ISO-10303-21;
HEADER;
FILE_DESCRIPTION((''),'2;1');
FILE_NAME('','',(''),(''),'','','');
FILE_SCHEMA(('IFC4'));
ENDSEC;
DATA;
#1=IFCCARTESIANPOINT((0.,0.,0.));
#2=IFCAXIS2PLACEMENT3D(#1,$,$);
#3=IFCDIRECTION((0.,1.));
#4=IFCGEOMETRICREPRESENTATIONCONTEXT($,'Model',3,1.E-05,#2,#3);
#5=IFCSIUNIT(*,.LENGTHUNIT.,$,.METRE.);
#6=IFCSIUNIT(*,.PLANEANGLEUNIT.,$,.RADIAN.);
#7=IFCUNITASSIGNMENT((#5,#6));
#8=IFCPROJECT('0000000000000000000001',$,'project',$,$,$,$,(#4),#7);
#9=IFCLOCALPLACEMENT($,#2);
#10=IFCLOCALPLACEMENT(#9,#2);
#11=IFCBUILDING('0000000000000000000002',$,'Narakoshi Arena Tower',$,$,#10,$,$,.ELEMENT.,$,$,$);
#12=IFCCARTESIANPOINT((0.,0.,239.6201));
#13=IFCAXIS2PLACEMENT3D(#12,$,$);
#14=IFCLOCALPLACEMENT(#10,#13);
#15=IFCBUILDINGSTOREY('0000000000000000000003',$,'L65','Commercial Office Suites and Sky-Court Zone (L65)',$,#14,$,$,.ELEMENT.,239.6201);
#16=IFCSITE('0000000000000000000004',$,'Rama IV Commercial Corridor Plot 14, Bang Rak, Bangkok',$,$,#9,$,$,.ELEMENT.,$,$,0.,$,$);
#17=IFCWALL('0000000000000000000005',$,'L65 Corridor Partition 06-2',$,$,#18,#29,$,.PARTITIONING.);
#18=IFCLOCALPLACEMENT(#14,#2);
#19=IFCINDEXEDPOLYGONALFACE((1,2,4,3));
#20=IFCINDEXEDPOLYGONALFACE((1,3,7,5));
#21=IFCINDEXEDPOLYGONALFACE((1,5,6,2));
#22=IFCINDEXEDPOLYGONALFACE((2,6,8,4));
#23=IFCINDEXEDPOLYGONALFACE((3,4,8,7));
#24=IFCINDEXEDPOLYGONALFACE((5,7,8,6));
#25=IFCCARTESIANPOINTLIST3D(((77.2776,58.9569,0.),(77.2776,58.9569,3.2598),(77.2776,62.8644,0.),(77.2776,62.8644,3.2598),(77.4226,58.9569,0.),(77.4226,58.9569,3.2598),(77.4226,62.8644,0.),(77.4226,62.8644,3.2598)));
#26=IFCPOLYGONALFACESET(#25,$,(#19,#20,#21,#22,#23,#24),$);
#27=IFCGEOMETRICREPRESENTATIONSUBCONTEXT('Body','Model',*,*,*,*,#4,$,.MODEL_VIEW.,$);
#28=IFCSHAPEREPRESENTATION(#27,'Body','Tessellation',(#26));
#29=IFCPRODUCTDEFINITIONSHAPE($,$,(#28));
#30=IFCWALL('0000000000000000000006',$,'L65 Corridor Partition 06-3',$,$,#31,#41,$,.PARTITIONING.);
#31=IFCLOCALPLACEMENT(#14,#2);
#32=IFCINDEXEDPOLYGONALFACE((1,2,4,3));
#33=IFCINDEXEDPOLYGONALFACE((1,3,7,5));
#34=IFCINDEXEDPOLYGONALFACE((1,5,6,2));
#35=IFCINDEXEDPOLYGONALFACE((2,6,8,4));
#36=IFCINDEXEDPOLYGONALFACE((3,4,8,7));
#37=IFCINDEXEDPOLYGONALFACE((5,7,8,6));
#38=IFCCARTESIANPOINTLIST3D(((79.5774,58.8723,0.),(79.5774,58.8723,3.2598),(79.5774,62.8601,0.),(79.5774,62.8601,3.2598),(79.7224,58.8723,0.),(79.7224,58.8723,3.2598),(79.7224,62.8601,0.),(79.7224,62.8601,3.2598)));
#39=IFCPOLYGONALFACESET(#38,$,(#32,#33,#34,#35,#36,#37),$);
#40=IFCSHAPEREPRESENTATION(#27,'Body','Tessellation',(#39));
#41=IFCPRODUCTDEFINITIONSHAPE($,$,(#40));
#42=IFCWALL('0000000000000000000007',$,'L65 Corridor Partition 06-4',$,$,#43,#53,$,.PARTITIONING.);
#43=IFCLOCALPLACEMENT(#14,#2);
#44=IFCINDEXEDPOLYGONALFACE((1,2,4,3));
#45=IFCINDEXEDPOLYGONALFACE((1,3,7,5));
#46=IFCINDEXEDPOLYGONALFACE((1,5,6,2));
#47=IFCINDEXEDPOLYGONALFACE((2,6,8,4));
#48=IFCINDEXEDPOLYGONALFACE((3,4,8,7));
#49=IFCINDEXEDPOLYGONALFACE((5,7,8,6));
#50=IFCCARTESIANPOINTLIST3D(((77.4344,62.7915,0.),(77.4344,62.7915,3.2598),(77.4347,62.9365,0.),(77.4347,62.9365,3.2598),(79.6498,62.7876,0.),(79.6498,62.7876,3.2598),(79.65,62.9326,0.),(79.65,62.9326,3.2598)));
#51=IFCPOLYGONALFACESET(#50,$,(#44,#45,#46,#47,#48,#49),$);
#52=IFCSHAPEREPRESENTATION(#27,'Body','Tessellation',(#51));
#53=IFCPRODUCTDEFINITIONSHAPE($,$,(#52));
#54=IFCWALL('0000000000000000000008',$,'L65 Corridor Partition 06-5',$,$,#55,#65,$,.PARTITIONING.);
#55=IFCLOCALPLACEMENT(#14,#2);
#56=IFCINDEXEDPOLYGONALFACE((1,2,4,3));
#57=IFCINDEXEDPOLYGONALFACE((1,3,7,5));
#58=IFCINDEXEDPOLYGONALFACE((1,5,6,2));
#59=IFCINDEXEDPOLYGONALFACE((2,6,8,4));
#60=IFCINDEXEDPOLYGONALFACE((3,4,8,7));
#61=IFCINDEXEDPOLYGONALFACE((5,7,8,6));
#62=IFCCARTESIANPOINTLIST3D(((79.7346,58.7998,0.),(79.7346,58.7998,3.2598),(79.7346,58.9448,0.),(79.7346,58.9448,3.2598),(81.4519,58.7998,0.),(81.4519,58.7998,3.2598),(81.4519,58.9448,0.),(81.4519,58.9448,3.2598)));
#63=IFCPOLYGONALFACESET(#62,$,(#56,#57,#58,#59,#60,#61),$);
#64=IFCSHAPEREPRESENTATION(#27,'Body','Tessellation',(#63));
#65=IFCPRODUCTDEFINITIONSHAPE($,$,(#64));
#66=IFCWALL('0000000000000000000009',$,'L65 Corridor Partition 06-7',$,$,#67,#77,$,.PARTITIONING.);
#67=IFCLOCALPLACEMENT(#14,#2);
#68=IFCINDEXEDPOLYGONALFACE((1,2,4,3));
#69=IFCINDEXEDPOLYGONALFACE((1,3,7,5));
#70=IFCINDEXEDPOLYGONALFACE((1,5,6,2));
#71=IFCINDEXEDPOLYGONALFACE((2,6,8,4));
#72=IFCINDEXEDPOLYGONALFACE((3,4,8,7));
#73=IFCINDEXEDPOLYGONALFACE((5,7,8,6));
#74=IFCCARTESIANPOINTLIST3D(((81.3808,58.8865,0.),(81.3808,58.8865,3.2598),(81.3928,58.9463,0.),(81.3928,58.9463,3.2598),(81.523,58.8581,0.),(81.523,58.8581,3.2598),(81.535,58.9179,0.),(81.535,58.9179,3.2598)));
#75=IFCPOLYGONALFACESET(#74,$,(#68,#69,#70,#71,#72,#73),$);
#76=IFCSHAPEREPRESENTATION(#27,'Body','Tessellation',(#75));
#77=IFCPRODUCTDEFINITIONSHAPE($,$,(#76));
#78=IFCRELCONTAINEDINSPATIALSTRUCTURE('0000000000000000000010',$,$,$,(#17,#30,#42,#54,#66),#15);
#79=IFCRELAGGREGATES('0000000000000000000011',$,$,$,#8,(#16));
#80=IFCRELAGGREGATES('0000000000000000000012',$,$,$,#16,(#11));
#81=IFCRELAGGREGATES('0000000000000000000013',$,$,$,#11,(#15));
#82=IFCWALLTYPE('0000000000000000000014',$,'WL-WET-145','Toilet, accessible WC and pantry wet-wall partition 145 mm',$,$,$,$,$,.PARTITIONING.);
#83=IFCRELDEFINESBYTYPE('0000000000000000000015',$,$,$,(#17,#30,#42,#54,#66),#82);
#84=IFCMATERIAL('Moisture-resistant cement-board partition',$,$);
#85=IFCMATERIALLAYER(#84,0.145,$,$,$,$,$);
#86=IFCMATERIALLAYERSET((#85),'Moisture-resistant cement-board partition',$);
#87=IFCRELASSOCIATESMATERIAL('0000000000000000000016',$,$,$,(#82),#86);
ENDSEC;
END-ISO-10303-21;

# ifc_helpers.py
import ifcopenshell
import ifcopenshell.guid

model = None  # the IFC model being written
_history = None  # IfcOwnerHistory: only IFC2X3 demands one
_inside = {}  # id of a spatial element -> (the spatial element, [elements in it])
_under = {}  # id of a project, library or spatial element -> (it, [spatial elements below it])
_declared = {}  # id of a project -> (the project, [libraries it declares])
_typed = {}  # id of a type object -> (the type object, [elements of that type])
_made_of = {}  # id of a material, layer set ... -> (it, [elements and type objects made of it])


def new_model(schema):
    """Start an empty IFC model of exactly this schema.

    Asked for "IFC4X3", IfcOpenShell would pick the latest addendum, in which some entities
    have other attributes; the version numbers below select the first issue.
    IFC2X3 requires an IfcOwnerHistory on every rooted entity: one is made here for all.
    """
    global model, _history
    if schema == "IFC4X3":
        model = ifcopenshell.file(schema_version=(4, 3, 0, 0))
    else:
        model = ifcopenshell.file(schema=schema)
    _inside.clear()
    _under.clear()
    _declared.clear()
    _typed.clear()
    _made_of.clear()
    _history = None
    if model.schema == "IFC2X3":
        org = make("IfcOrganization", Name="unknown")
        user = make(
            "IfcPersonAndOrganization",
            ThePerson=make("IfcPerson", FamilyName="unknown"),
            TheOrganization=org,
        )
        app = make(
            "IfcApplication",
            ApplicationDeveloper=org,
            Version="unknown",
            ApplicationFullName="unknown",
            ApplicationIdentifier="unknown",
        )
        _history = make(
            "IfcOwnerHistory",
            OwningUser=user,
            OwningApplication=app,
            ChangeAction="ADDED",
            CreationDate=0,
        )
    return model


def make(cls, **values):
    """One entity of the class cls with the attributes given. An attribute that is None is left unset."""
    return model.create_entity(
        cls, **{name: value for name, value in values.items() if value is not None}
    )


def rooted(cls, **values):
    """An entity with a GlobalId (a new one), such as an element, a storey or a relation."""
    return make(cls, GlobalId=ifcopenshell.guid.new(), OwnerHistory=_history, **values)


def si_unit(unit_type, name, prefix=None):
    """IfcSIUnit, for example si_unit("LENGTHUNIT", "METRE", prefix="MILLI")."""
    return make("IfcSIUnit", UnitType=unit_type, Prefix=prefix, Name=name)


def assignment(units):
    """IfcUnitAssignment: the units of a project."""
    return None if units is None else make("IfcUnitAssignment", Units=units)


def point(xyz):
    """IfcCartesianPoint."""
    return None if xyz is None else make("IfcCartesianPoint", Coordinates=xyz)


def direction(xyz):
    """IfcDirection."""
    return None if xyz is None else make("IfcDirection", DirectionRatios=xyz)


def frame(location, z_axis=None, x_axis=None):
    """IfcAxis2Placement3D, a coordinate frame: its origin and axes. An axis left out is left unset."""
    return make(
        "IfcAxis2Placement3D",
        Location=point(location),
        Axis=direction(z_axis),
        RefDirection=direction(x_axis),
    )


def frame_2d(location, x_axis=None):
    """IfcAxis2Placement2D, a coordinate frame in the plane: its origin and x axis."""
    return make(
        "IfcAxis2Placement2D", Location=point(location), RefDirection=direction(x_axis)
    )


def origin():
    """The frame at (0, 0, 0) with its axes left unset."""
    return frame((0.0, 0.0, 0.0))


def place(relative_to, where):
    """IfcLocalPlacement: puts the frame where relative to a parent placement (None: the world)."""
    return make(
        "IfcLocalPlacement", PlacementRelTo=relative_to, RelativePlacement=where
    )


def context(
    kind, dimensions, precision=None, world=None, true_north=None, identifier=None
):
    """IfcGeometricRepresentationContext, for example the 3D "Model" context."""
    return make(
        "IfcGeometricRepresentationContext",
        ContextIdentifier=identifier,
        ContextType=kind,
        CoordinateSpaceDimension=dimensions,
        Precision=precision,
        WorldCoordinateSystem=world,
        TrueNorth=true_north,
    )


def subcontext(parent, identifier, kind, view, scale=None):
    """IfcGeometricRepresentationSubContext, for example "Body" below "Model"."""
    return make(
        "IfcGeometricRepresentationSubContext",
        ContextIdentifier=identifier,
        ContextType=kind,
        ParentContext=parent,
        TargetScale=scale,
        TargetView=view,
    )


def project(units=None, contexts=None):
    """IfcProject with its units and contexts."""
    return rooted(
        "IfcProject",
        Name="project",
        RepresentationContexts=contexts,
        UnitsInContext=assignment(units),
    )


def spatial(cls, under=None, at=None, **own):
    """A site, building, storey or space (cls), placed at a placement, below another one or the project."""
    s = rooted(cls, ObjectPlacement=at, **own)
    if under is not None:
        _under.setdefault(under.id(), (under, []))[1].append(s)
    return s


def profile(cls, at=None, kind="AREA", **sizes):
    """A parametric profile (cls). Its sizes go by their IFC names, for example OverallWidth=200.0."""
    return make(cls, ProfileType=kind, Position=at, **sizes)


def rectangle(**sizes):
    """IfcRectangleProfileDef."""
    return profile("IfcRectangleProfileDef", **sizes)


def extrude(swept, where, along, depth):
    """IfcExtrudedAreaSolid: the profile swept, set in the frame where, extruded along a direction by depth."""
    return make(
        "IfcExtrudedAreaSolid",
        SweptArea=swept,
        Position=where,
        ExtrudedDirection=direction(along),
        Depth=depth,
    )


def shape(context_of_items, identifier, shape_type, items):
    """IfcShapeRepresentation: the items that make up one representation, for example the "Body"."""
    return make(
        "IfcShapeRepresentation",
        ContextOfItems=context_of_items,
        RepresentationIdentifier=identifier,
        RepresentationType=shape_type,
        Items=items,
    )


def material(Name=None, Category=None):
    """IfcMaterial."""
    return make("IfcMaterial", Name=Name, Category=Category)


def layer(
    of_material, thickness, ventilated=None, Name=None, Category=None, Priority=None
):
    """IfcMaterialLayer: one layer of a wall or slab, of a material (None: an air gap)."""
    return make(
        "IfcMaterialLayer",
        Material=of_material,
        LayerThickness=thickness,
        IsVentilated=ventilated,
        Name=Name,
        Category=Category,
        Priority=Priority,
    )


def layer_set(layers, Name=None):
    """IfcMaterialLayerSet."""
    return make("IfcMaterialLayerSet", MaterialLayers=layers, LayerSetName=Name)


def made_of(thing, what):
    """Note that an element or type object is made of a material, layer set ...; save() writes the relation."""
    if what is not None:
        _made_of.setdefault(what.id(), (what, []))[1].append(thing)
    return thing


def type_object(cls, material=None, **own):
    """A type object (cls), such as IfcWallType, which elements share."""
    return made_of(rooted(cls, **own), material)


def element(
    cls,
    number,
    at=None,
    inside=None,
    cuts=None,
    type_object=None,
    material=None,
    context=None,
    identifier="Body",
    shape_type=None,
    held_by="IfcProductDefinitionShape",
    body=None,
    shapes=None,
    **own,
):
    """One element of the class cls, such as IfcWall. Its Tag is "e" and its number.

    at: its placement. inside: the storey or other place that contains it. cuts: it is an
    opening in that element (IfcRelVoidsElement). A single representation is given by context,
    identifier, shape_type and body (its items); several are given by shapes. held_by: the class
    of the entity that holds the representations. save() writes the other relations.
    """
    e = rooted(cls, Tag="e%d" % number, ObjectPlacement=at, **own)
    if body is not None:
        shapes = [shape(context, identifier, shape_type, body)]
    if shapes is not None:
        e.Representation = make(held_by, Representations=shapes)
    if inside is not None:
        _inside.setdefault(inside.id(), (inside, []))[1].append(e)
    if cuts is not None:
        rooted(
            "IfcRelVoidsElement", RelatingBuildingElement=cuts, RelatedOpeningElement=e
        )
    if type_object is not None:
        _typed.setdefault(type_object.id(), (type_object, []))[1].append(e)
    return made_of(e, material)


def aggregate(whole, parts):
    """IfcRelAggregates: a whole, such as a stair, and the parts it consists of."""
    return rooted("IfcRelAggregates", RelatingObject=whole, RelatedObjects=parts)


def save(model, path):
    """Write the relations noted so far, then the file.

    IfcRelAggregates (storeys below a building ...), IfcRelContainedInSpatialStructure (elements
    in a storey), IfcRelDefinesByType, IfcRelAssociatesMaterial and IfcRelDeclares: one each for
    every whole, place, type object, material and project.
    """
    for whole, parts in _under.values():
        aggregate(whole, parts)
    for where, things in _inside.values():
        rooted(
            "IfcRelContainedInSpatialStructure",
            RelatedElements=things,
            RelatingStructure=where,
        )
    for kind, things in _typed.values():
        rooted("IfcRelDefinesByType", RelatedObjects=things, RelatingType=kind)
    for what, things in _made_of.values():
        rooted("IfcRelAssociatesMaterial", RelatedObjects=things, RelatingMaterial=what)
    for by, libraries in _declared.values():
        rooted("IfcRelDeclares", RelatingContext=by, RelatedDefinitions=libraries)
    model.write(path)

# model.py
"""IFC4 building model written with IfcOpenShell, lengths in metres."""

from ifc_helpers import new_model, si_unit, direction, frame, frame_2d, origin, place, context, subcontext, project, spatial, rectangle, extrude, material, layer, layer_set, type_object, element, save


model = new_model("IFC4")

# Units and contexts
model_context = context("Model", 3, precision=1e-05, world=origin(), true_north=direction((0.0, 1.0)))
body_context = subcontext(model_context, "Body", "Model", "MODEL_VIEW")
ifc_project = project(units=[si_unit("LENGTHUNIT", "METRE"), si_unit("PLANEANGLEUNIT", "RADIAN")], contexts=[model_context])

# Site, building, storey
site_placement = place(None, origin())
site = spatial("IfcSite", under=ifc_project, at=site_placement, Name="Rama IV Commercial Corridor Plot 14, Bang Rak, Bangkok", CompositionType="ELEMENT", RefElevation=0.0)
building_placement = place(site_placement, origin())
building = spatial("IfcBuilding", under=site, at=building_placement, Name="Narakoshi Arena Tower", CompositionType="ELEMENT")
storey_placement = place(building_placement, frame((0.0, 0.0, 239.6201)))
storey = spatial("IfcBuildingStorey", under=building, at=storey_placement, Name="L65", Description="Commercial Office Suites and Sky-Court Zone (L65)", CompositionType="ELEMENT", Elevation=239.6201)

# Shared definitions
ifc_material_1 = material(Name="Moisture-resistant cement-board partition")
ifc_layer_1 = layer(ifc_material_1, 0.145)
ifc_layer_set_1 = layer_set([ifc_layer_1], Name="Moisture-resistant cement-board partition")
wall_type_1 = type_object("IfcWallType", Name="WL-WET-145", Description="Toilet, accessible WC and pantry wet-wall partition 145 mm", PredefinedType="PARTITIONING", material=ifc_layer_set_1)

# Walls
wall_1_placement = place(storey_placement, frame((77.3501, 62.8643, 0.0), z_axis=(0.0, 0.0, 1.0), x_axis=(0.0, -1.0, 0.0)))
element("IfcWall", 1, at=wall_1_placement, inside=storey, type_object=wall_type_1, Name="L65 Corridor Partition 06-2", PredefinedType="PARTITIONING", context=body_context, shape_type="SweptSolid", body=[
    extrude(rectangle(XDim=3.9075, YDim=0.145, at=frame_2d((1.9536, 0.0))), origin(), (0.0, 0.0, 1.0), 3.2598),
])
wall_2_placement = place(storey_placement, frame((79.6499, 58.8723, 0.0), z_axis=(0.0, 0.0, 1.0), x_axis=(0.0, 1.0, 0.0)))
element("IfcWall", 2, at=wall_2_placement, inside=storey, type_object=wall_type_1, Name="L65 Corridor Partition 06-3", PredefinedType="PARTITIONING", context=body_context, shape_type="SweptSolid", body=[
    extrude(rectangle(XDim=3.9878, YDim=0.145, at=frame_2d((1.9939, 0.0))), origin(), (0.0, 0.0, 1.0), 3.2598),
])
wall_3_placement = place(storey_placement, frame((79.6499, 62.8601, 0.0), z_axis=(0.0, 0.0, 1.0), x_axis=(-0.999998, 0.001763, 0.0)))
element("IfcWall", 3, at=wall_3_placement, inside=storey, type_object=wall_type_1, Name="L65 Corridor Partition 06-4", PredefinedType="PARTITIONING", context=body_context, shape_type="SweptSolid", body=[
    extrude(rectangle(XDim=2.2153, YDim=0.145, at=frame_2d((1.1077, 0.0))), origin(), (0.0, 0.0, 1.0), 3.2598),
])
wall_4_placement = place(storey_placement, frame((81.4519, 58.8723, 0.0), z_axis=(0.0, 0.0, 1.0), x_axis=(-1.0, 0.0, 0.0)))
element("IfcWall", 4, at=wall_4_placement, inside=storey, type_object=wall_type_1, Name="L65 Corridor Partition 06-5", PredefinedType="PARTITIONING", context=body_context, shape_type="SweptSolid", body=[
    extrude(rectangle(XDim=1.7173, YDim=0.145, at=frame_2d((0.8586, 0.0))), origin(), (0.0, 0.0, 1.0), 3.2598),
])
wall_5_placement = place(storey_placement, frame((81.4639, 58.9321, 0.0), z_axis=(0.0, 0.0, 1.0), x_axis=(-0.196116, -0.980581, 0.0)))
element("IfcWall", 5, at=wall_5_placement, inside=storey, type_object=wall_type_1, Name="L65 Corridor Partition 06-7", PredefinedType="PARTITIONING", context=body_context, shape_type="SweptSolid", body=[
    extrude(rectangle(XDim=0.061, YDim=0.145, at=frame_2d((0.0305, 0.0))), origin(), (0.0, 0.0, 1.0), 3.2598),
])

save(model, "model.ifc")
